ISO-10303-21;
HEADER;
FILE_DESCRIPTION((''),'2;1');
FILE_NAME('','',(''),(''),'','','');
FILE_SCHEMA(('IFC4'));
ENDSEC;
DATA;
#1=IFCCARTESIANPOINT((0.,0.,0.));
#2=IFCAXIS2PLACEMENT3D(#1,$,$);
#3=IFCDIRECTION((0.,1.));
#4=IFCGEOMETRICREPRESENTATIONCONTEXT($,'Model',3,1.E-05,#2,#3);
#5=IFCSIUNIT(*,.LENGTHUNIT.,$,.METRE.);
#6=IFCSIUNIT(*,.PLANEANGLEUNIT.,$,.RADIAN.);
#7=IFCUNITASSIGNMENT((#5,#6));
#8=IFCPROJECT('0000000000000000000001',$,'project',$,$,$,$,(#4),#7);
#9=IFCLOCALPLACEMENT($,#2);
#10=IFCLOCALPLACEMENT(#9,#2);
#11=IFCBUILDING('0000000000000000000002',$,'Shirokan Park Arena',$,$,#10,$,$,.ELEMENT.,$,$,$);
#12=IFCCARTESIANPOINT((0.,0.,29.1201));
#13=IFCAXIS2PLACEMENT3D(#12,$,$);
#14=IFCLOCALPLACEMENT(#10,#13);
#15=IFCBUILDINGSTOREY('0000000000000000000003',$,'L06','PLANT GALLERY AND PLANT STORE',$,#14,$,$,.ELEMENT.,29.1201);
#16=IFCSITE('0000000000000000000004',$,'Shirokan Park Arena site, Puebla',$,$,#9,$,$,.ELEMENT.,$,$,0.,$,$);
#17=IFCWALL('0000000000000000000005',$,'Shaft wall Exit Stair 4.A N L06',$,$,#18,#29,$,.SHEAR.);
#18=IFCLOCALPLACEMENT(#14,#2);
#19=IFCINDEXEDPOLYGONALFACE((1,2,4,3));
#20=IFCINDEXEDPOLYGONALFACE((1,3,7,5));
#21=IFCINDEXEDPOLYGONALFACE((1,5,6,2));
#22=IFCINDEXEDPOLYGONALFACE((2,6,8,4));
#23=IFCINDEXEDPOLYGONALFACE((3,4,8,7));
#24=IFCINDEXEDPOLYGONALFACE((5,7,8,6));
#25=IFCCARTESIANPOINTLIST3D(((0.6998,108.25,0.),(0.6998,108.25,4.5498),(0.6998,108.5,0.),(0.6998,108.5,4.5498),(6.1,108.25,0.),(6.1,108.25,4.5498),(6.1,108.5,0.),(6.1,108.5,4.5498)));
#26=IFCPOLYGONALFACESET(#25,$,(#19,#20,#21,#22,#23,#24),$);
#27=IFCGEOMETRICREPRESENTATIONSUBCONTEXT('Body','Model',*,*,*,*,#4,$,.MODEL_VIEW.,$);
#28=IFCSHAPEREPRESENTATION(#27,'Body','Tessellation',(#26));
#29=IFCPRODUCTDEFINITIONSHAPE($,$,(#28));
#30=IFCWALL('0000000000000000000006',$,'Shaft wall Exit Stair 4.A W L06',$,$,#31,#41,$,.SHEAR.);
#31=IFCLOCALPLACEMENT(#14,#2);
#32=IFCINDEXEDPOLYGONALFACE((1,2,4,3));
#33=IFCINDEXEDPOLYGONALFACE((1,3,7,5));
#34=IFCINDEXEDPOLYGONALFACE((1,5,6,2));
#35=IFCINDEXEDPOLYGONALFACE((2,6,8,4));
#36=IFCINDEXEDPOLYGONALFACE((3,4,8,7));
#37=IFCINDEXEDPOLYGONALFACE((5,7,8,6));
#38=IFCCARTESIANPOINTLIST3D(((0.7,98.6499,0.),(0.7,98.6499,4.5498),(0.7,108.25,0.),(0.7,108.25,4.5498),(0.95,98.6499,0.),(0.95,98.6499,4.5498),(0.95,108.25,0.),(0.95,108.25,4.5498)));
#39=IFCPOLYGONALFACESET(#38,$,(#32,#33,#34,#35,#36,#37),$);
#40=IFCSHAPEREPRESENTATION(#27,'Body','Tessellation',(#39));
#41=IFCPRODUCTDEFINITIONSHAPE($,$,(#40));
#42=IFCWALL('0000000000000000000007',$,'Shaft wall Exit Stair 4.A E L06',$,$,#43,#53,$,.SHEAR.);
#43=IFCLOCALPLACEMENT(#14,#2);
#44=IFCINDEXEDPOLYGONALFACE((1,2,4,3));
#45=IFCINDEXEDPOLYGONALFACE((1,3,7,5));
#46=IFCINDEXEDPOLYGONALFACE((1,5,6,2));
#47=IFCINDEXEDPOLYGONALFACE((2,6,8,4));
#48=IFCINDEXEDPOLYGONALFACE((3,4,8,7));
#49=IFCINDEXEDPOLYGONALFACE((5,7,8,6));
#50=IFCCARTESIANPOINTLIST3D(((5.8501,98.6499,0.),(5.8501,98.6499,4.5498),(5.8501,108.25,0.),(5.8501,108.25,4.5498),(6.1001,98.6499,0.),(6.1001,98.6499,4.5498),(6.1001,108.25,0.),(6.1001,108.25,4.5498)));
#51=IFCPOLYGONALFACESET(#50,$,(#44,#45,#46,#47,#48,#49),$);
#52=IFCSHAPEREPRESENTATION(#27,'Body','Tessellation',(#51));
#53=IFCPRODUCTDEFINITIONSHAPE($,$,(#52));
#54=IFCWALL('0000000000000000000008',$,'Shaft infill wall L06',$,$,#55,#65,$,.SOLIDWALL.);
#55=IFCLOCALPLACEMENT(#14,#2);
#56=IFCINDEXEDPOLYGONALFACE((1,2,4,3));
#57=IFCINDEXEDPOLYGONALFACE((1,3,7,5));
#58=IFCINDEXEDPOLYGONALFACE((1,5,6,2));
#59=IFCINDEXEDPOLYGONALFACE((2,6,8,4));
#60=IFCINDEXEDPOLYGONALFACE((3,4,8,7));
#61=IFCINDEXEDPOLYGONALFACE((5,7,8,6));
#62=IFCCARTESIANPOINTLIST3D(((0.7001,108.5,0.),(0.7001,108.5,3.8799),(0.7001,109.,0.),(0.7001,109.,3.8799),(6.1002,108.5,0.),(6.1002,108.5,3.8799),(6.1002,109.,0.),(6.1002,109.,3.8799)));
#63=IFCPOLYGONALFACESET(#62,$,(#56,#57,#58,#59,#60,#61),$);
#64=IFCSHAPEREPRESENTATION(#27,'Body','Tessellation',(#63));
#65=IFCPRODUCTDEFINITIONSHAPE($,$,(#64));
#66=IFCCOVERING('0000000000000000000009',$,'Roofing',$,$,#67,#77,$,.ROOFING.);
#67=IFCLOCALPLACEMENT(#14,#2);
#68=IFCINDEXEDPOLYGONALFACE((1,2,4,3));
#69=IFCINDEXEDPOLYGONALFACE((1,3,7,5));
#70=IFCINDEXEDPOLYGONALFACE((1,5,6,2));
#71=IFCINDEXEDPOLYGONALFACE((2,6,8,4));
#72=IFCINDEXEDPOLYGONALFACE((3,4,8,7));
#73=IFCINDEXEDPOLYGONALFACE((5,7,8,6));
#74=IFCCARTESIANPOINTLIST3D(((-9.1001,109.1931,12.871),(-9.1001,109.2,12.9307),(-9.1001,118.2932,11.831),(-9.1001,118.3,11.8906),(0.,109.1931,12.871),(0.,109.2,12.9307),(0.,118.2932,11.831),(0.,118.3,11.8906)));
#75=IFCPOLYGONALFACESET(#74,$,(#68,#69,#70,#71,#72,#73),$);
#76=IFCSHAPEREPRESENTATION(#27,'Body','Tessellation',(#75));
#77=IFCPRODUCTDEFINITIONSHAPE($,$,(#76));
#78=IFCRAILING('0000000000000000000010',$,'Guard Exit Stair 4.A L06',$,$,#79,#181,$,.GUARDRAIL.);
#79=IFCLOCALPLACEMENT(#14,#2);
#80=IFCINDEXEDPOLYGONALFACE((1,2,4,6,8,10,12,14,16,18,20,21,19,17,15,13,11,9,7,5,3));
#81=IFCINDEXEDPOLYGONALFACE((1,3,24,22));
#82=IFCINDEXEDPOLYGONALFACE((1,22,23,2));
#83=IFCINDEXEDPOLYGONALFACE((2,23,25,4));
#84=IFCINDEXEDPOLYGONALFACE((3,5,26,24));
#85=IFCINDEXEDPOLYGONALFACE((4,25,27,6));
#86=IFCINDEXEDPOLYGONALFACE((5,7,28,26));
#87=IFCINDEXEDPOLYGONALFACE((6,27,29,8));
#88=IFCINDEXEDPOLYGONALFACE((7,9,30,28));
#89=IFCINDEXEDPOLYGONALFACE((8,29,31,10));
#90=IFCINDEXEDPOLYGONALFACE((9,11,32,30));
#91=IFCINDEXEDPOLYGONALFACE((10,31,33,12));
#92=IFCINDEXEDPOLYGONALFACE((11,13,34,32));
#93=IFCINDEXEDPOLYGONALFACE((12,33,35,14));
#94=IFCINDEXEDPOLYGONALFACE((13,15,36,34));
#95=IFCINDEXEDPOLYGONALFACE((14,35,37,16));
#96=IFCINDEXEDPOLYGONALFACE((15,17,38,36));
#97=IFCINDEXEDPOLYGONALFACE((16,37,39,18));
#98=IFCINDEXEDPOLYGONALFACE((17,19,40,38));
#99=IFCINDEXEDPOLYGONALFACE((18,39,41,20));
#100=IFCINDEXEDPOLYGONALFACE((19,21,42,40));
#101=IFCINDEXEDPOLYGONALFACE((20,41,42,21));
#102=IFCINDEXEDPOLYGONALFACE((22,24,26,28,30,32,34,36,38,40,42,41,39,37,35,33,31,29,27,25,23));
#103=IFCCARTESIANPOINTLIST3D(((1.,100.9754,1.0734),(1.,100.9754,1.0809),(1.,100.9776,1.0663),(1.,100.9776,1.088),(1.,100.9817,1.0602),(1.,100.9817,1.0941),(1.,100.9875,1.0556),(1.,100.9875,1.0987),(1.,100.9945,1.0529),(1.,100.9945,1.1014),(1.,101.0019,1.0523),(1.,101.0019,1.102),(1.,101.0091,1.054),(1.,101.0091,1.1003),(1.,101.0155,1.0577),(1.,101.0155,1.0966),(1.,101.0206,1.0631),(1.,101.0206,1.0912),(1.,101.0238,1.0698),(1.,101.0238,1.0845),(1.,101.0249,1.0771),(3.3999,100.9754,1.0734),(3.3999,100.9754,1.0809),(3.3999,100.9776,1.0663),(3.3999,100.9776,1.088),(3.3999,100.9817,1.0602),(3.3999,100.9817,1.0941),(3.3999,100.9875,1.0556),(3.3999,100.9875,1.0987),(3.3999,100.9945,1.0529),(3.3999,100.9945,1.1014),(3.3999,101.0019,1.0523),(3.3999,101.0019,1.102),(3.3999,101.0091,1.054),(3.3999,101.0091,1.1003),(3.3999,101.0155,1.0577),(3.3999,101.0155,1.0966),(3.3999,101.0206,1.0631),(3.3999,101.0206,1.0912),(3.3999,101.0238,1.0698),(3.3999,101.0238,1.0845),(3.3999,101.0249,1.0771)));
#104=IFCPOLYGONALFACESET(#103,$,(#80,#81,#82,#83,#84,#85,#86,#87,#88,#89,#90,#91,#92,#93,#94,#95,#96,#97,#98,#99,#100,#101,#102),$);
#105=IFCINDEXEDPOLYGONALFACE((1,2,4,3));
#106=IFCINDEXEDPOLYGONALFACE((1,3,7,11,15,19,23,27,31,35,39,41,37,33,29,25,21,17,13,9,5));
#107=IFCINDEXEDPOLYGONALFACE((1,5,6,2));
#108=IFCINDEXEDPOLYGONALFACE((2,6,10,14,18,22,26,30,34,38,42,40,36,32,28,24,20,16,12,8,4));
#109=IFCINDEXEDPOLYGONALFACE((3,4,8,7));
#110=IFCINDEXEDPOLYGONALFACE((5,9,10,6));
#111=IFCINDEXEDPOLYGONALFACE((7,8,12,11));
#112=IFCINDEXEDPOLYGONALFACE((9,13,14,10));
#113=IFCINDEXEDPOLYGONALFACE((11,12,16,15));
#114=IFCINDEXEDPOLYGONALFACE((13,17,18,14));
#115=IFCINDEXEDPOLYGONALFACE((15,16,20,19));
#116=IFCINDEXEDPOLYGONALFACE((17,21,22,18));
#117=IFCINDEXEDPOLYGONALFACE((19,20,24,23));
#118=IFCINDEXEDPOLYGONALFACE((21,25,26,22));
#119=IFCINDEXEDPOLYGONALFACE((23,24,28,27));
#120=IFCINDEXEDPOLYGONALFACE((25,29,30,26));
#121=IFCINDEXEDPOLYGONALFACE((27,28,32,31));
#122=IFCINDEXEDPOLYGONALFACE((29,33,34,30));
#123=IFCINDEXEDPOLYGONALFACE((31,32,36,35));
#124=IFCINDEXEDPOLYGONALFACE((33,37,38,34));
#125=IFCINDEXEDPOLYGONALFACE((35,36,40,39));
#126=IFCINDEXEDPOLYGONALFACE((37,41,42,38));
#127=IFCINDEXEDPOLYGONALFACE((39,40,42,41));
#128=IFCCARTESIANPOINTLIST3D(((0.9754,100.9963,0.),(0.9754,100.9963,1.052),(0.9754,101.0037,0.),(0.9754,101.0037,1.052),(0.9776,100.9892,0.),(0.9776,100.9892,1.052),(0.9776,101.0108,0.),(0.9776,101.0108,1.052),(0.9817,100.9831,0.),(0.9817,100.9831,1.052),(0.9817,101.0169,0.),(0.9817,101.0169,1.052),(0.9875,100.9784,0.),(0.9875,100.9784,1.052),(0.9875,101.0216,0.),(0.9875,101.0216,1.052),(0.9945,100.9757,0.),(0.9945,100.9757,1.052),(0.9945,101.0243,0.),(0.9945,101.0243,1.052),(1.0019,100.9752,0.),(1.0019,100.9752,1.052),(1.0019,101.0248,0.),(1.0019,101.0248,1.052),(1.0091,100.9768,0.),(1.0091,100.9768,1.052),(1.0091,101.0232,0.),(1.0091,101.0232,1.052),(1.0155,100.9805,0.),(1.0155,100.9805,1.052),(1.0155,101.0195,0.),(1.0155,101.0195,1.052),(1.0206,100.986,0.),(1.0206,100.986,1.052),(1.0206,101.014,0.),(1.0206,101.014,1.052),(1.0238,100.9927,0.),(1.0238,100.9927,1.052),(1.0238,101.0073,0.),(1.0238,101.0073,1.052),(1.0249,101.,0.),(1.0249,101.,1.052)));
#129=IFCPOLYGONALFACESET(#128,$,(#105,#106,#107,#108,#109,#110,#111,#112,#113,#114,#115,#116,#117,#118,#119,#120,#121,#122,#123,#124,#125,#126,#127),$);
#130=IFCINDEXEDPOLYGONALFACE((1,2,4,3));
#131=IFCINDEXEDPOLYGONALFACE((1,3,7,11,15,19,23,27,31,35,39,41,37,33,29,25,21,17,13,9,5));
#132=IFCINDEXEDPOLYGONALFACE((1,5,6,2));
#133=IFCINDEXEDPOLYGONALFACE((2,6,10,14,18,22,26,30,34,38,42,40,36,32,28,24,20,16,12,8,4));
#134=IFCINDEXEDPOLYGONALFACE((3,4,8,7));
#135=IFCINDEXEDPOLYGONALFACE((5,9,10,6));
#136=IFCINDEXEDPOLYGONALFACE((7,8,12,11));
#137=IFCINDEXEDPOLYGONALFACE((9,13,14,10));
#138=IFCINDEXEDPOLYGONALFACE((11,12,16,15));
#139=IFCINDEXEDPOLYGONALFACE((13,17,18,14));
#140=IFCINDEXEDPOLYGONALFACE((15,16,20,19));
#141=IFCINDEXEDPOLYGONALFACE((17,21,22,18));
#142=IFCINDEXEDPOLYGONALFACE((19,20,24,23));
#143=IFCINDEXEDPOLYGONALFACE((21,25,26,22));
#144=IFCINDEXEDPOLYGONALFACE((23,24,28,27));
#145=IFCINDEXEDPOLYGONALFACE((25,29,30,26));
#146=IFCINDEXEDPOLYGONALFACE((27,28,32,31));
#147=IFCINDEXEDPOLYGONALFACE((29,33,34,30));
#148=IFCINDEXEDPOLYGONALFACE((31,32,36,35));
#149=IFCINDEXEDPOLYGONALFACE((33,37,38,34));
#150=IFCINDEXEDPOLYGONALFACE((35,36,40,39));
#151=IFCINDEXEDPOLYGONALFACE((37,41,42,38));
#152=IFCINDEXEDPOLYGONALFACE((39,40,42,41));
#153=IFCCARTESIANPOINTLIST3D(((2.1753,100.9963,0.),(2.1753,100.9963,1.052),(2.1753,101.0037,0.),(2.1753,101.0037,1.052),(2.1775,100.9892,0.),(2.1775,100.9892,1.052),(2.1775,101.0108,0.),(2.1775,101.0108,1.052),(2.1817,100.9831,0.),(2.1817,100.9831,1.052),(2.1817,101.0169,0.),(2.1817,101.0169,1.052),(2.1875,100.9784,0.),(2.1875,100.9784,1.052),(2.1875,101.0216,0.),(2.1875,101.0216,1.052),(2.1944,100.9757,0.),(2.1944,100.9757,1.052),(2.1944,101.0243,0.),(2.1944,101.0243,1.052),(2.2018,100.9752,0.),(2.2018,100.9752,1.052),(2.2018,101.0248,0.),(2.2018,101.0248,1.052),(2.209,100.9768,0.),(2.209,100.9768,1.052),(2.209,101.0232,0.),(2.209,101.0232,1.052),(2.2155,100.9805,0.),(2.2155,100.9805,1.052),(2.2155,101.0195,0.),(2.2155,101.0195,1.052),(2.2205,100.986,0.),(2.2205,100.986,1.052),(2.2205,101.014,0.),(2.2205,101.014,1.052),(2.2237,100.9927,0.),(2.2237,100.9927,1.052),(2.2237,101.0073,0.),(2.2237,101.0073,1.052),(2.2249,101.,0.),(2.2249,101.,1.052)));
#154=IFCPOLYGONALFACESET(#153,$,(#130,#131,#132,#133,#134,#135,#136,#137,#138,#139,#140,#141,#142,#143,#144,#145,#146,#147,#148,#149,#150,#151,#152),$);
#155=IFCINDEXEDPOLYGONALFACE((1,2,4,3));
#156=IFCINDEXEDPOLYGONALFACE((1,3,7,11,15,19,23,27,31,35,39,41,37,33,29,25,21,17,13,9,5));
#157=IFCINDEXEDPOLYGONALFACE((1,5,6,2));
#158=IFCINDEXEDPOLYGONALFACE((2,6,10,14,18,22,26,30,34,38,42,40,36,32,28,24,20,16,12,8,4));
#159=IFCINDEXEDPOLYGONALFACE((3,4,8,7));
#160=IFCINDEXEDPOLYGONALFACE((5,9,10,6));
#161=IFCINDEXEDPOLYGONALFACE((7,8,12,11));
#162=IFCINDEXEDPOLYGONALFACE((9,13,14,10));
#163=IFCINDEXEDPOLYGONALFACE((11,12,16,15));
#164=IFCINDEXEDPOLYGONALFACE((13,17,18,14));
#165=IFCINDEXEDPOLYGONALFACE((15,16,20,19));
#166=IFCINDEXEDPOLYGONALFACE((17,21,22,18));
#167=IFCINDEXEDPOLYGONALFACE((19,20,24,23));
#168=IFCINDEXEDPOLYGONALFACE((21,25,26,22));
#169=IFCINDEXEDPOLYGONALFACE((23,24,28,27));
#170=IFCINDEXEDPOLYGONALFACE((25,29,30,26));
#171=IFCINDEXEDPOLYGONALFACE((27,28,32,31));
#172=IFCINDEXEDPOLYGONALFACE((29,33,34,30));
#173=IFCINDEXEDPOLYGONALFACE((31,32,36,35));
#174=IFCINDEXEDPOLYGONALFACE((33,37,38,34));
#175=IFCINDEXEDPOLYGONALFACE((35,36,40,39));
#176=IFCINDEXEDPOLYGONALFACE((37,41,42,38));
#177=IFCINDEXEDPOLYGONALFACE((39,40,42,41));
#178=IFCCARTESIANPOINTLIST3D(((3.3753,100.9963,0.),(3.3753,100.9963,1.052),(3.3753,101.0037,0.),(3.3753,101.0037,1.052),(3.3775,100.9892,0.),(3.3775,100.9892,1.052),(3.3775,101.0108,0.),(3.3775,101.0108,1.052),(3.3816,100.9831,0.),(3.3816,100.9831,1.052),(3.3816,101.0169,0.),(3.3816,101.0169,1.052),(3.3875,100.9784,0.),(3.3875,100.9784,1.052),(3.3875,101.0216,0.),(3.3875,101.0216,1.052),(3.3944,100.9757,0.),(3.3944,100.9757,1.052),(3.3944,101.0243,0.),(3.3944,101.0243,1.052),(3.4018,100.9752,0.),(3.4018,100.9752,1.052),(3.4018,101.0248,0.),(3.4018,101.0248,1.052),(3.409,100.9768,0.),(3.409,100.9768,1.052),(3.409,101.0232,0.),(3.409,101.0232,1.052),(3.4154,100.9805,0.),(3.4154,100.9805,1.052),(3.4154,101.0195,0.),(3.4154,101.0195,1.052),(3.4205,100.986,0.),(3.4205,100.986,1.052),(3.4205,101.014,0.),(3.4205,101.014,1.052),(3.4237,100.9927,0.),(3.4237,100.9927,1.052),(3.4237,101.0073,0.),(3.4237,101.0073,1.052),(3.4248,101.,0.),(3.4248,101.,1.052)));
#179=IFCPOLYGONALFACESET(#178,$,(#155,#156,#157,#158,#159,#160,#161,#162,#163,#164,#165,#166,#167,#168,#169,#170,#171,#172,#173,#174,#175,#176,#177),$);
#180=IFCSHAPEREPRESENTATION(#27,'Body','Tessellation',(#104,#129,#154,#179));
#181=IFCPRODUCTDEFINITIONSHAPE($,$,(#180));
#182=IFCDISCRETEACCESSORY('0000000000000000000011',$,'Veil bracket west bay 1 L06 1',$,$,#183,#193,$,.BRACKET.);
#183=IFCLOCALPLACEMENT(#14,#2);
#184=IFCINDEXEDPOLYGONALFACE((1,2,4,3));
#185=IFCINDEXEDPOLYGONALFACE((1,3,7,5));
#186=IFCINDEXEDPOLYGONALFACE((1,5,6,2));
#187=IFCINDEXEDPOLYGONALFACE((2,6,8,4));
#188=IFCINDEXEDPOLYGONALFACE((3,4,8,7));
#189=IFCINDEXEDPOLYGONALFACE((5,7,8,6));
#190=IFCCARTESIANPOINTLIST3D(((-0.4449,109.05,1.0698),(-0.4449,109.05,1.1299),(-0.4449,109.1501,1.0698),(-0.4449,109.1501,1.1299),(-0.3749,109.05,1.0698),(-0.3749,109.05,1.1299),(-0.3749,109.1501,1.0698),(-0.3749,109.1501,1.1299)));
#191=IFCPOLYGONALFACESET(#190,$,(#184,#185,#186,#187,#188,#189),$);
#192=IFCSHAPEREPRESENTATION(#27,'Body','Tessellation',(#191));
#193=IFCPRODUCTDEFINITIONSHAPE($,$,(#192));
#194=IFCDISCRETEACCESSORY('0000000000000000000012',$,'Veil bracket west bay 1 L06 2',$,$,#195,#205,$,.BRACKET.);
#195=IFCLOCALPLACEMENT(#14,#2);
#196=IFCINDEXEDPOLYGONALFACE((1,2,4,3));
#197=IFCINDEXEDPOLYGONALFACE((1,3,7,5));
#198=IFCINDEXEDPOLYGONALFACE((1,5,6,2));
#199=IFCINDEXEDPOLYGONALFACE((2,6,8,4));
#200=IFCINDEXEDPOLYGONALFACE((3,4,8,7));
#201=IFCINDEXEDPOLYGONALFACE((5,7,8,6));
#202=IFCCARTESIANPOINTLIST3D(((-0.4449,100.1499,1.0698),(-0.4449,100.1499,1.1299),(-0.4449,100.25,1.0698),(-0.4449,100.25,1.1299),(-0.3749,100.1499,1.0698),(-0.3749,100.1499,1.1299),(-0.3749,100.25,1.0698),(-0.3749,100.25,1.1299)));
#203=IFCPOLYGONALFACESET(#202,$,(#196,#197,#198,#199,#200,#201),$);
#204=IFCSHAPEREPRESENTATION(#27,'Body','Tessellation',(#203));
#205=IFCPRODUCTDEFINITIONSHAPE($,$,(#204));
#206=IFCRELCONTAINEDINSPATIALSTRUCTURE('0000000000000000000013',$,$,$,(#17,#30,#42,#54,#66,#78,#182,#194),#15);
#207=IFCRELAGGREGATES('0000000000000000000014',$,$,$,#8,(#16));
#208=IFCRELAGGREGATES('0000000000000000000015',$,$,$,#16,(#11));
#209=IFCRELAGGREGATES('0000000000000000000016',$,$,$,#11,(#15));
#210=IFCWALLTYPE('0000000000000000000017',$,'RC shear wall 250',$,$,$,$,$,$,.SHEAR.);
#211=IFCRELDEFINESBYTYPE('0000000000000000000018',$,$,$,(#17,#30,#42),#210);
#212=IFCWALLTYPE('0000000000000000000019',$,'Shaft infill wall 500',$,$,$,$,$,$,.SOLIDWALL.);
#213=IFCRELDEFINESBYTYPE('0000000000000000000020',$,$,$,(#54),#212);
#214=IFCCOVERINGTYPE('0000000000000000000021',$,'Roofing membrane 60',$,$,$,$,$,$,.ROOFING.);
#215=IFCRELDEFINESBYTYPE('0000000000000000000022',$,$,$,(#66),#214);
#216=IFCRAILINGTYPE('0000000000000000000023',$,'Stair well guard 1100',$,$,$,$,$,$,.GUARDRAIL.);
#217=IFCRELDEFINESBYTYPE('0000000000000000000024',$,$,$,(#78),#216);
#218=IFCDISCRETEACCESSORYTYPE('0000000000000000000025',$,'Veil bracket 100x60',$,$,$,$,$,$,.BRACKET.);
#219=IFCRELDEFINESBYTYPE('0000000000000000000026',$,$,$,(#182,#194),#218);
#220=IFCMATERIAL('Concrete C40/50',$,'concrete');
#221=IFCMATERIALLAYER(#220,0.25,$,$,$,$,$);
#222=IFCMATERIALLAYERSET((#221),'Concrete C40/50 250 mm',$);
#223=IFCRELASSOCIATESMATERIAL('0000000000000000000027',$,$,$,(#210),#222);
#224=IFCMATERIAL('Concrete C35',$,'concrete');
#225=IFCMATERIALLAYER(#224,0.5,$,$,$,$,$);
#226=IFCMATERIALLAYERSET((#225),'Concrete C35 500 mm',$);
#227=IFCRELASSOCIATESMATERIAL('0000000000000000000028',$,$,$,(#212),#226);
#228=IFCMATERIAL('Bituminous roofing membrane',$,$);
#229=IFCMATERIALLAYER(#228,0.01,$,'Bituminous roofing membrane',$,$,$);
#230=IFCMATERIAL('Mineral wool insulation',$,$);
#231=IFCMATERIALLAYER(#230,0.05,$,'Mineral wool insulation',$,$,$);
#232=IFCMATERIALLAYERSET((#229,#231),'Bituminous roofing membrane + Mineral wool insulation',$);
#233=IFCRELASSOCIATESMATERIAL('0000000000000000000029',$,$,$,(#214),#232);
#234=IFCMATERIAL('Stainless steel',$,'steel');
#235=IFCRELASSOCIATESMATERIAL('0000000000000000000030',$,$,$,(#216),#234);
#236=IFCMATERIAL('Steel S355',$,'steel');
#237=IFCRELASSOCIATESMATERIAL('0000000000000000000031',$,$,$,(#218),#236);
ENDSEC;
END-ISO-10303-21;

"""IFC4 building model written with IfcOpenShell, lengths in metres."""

from ifc_helpers import new_model, si_unit, direction, frame, frame_2d, origin, origin_2d, place, context, subcontext, project, spatial, polyline, rectangle, circle, outline, extrude, material, layer, layer_set, type_object, element, save


model = new_model("IFC4")

# Units and contexts
model_context = context("Model", 3, precision=1e-05, world=origin(), true_north=direction((0.0, 1.0)))
body_context = subcontext(model_context, "Body", "Model", "MODEL_VIEW")
ifc_project = project(units=[si_unit("LENGTHUNIT", "METRE"), si_unit("PLANEANGLEUNIT", "RADIAN")], contexts=[model_context])

# Site, building, storey
site_placement = place(None, origin())
site = spatial("IfcSite", under=ifc_project, at=site_placement, Name="Shirokan Park Arena site, Puebla", CompositionType="ELEMENT", RefElevation=0.0)
building_placement = place(site_placement, origin())
building = spatial("IfcBuilding", under=site, at=building_placement, Name="Shirokan Park Arena", CompositionType="ELEMENT")
storey_placement = place(building_placement, frame((0.0, 0.0, 29.1201)))
storey = spatial("IfcBuildingStorey", under=building, at=storey_placement, Name="L06", Description="PLANT GALLERY AND PLANT STORE", CompositionType="ELEMENT", Elevation=29.1201)

# Shared definitions
ifc_material_1 = material(Name="Concrete C35", Category="concrete")

# Walls
ifc_material_2 = material(Name="Mineral wool insulation")
ifc_material_3 = material(Name="Concrete C40/50", Category="concrete")
ifc_layer_1 = layer(ifc_material_3, 0.25)
ifc_layer_set_1 = layer_set([ifc_layer_1], Name="Concrete C40/50 250 mm")
wall_type_1 = type_object("IfcWallType", Name="RC shear wall 250", PredefinedType="SHEAR", material=ifc_layer_set_1)
wall_1_placement = place(storey_placement, frame((6.1001, 108.375, 0.0), z_axis=(0.0, 0.0, 1.0), x_axis=(-1.0, 0.0, 0.0)))
element("IfcWall", 1, at=wall_1_placement, inside=storey, type_object=wall_type_1, Name="Shaft wall Exit Stair 4.A N L06", PredefinedType="SHEAR", context=body_context, shape_type="SweptSolid", body=[
    extrude(rectangle(XDim=5.4001, YDim=0.25, at=frame_2d((2.7002, 0.0))), origin(), (0.0, 0.0, 1.0), 4.5498),
])
for number, where, z_axis, x_axis, name in (
    (2, (0.825, 108.25, 0.0), (0.0, 0.0, 1.0), (0.0, -1.0, 0.0), "Shaft wall Exit Stair 4.A W L06"),
    (3, (5.9751, 108.25, 0.0), (0.0, 0.0, 1.0), (0.0, -1.0, 0.0), "Shaft wall Exit Stair 4.A E L06"),
):
    element("IfcWall", number, at=place(storey_placement, frame(where, z_axis=z_axis, x_axis=x_axis)), inside=storey, type_object=wall_type_1, Name=name, PredefinedType="SHEAR", context=body_context, shape_type="SweptSolid", body=[
        extrude(rectangle(XDim=9.6001, YDim=0.25, at=frame_2d((4.8, 0.0))), origin(), (0.0, 0.0, 1.0), 4.5498),
    ])
ifc_layer_2 = layer(ifc_material_1, 0.5)
ifc_layer_set_2 = layer_set([ifc_layer_2], Name="Concrete C35 500 mm")
wall_type_2 = type_object("IfcWallType", Name="Shaft infill wall 500", PredefinedType="SOLIDWALL", material=ifc_layer_set_2)
wall_2_placement = place(storey_placement, frame((0.7, 108.75, 0.0), z_axis=(0.0, 0.0, 1.0), x_axis=(1.0, 0.0, 0.0)))
element("IfcWall", 4, at=wall_2_placement, inside=storey, type_object=wall_type_2, Name="Shaft infill wall L06", PredefinedType="SOLIDWALL", context=body_context, shape_type="SweptSolid", body=[
    extrude(rectangle(XDim=5.4001, YDim=0.5, at=frame_2d((2.7002, 0.0))), origin(), (0.0, 0.0, 1.0), 3.8799),
])

# Covering
ifc_material_4 = material(Name="Bituminous roofing membrane")
ifc_layer_3 = layer(ifc_material_4, 0.01, Name="Bituminous roofing membrane")
ifc_layer_4 = layer(ifc_material_2, 0.05, Name="Mineral wool insulation")
ifc_layer_set_3 = layer_set([ifc_layer_3, ifc_layer_4], Name="Bituminous roofing membrane + Mineral wool insulation")
covering_type = type_object("IfcCoveringType", Name="Roofing membrane 60", PredefinedType="ROOFING", material=ifc_layer_set_3)
covering_placement = place(storey_placement, frame((-9.1001, 109.2, 12.9307), z_axis=(0.0, 0.11355, 0.993532), x_axis=(1.0, 0.0, 0.0)))
element("IfcCovering", 5, at=covering_placement, inside=storey, type_object=covering_type, Name="Roofing", PredefinedType="ROOFING", context=body_context, shape_type="SweptSolid", body=[
    extrude(outline(polyline([(0.0, 0.0), (9.1001, 0.0), (9.1001, 9.1593), (0.0, 9.1593), (0.0, 0.0)])), origin(), (0.0, 0.0, -1.0), 0.0601),
])

# Railing
ifc_material_5 = material(Name="Stainless steel", Category="steel")
railing_type = type_object("IfcRailingType", Name="Stair well guard 1100", PredefinedType="GUARDRAIL", material=ifc_material_5)
railing_placement = place(storey_placement, frame((1.0, 101.0, 0.0)))
element("IfcRailing", 6, at=railing_placement, inside=storey, type_object=railing_type, Name="Guard Exit Stair 4.A L06", PredefinedType="GUARDRAIL", context=body_context, shape_type="SweptSolid", body=[
    extrude(circle(Radius=0.0249, at=origin_2d()), frame((0.0, 0.0, 1.0771), z_axis=(1.0, 0.0, 0.0), x_axis=(0.0, 1.0, 0.0)), (0.0, 0.0, 1.0), 2.3999),
    extrude(circle(Radius=0.0249, at=origin_2d()), origin(), (0.0, 0.0, 1.0), 1.052),
    extrude(circle(Radius=0.0249, at=origin_2d()), frame((1.2, 0.0, 0.0)), (0.0, 0.0, 1.0), 1.052),
    extrude(circle(Radius=0.0249, at=origin_2d()), frame((2.3999, 0.0, 0.0)), (0.0, 0.0, 1.0), 1.052),
])

# Discrete accessories
ifc_material_6 = material(Name="Steel S355", Category="steel")
discrete_accessory_type = type_object("IfcDiscreteAccessoryType", Name="Veil bracket 100x60", PredefinedType="BRACKET", material=ifc_material_6)
for number, where, z_axis, x_axis, name in (
    (7, (-0.4099, 109.1001, 1.0698), (0.0, 0.0, 1.0), (0.0, -1.0, 0.0), "Veil bracket west bay 1 L06 1"),
    (8, (-0.4099, 100.2, 1.0698), (0.0, 0.0, 1.0), (0.0, -1.0, 0.0), "Veil bracket west bay 1 L06 2"),
):
    element("IfcDiscreteAccessory", number, at=place(storey_placement, frame(where, z_axis=z_axis, x_axis=x_axis)), inside=storey, type_object=discrete_accessory_type, Name=name, PredefinedType="BRACKET", context=body_context, shape_type="SweptSolid", body=[
        extrude(rectangle(XDim=0.1001, YDim=0.0701, at=origin_2d()), origin(), (0.0, 0.0, 1.0), 0.0601),
    ])

save(model, "model.ifc")
